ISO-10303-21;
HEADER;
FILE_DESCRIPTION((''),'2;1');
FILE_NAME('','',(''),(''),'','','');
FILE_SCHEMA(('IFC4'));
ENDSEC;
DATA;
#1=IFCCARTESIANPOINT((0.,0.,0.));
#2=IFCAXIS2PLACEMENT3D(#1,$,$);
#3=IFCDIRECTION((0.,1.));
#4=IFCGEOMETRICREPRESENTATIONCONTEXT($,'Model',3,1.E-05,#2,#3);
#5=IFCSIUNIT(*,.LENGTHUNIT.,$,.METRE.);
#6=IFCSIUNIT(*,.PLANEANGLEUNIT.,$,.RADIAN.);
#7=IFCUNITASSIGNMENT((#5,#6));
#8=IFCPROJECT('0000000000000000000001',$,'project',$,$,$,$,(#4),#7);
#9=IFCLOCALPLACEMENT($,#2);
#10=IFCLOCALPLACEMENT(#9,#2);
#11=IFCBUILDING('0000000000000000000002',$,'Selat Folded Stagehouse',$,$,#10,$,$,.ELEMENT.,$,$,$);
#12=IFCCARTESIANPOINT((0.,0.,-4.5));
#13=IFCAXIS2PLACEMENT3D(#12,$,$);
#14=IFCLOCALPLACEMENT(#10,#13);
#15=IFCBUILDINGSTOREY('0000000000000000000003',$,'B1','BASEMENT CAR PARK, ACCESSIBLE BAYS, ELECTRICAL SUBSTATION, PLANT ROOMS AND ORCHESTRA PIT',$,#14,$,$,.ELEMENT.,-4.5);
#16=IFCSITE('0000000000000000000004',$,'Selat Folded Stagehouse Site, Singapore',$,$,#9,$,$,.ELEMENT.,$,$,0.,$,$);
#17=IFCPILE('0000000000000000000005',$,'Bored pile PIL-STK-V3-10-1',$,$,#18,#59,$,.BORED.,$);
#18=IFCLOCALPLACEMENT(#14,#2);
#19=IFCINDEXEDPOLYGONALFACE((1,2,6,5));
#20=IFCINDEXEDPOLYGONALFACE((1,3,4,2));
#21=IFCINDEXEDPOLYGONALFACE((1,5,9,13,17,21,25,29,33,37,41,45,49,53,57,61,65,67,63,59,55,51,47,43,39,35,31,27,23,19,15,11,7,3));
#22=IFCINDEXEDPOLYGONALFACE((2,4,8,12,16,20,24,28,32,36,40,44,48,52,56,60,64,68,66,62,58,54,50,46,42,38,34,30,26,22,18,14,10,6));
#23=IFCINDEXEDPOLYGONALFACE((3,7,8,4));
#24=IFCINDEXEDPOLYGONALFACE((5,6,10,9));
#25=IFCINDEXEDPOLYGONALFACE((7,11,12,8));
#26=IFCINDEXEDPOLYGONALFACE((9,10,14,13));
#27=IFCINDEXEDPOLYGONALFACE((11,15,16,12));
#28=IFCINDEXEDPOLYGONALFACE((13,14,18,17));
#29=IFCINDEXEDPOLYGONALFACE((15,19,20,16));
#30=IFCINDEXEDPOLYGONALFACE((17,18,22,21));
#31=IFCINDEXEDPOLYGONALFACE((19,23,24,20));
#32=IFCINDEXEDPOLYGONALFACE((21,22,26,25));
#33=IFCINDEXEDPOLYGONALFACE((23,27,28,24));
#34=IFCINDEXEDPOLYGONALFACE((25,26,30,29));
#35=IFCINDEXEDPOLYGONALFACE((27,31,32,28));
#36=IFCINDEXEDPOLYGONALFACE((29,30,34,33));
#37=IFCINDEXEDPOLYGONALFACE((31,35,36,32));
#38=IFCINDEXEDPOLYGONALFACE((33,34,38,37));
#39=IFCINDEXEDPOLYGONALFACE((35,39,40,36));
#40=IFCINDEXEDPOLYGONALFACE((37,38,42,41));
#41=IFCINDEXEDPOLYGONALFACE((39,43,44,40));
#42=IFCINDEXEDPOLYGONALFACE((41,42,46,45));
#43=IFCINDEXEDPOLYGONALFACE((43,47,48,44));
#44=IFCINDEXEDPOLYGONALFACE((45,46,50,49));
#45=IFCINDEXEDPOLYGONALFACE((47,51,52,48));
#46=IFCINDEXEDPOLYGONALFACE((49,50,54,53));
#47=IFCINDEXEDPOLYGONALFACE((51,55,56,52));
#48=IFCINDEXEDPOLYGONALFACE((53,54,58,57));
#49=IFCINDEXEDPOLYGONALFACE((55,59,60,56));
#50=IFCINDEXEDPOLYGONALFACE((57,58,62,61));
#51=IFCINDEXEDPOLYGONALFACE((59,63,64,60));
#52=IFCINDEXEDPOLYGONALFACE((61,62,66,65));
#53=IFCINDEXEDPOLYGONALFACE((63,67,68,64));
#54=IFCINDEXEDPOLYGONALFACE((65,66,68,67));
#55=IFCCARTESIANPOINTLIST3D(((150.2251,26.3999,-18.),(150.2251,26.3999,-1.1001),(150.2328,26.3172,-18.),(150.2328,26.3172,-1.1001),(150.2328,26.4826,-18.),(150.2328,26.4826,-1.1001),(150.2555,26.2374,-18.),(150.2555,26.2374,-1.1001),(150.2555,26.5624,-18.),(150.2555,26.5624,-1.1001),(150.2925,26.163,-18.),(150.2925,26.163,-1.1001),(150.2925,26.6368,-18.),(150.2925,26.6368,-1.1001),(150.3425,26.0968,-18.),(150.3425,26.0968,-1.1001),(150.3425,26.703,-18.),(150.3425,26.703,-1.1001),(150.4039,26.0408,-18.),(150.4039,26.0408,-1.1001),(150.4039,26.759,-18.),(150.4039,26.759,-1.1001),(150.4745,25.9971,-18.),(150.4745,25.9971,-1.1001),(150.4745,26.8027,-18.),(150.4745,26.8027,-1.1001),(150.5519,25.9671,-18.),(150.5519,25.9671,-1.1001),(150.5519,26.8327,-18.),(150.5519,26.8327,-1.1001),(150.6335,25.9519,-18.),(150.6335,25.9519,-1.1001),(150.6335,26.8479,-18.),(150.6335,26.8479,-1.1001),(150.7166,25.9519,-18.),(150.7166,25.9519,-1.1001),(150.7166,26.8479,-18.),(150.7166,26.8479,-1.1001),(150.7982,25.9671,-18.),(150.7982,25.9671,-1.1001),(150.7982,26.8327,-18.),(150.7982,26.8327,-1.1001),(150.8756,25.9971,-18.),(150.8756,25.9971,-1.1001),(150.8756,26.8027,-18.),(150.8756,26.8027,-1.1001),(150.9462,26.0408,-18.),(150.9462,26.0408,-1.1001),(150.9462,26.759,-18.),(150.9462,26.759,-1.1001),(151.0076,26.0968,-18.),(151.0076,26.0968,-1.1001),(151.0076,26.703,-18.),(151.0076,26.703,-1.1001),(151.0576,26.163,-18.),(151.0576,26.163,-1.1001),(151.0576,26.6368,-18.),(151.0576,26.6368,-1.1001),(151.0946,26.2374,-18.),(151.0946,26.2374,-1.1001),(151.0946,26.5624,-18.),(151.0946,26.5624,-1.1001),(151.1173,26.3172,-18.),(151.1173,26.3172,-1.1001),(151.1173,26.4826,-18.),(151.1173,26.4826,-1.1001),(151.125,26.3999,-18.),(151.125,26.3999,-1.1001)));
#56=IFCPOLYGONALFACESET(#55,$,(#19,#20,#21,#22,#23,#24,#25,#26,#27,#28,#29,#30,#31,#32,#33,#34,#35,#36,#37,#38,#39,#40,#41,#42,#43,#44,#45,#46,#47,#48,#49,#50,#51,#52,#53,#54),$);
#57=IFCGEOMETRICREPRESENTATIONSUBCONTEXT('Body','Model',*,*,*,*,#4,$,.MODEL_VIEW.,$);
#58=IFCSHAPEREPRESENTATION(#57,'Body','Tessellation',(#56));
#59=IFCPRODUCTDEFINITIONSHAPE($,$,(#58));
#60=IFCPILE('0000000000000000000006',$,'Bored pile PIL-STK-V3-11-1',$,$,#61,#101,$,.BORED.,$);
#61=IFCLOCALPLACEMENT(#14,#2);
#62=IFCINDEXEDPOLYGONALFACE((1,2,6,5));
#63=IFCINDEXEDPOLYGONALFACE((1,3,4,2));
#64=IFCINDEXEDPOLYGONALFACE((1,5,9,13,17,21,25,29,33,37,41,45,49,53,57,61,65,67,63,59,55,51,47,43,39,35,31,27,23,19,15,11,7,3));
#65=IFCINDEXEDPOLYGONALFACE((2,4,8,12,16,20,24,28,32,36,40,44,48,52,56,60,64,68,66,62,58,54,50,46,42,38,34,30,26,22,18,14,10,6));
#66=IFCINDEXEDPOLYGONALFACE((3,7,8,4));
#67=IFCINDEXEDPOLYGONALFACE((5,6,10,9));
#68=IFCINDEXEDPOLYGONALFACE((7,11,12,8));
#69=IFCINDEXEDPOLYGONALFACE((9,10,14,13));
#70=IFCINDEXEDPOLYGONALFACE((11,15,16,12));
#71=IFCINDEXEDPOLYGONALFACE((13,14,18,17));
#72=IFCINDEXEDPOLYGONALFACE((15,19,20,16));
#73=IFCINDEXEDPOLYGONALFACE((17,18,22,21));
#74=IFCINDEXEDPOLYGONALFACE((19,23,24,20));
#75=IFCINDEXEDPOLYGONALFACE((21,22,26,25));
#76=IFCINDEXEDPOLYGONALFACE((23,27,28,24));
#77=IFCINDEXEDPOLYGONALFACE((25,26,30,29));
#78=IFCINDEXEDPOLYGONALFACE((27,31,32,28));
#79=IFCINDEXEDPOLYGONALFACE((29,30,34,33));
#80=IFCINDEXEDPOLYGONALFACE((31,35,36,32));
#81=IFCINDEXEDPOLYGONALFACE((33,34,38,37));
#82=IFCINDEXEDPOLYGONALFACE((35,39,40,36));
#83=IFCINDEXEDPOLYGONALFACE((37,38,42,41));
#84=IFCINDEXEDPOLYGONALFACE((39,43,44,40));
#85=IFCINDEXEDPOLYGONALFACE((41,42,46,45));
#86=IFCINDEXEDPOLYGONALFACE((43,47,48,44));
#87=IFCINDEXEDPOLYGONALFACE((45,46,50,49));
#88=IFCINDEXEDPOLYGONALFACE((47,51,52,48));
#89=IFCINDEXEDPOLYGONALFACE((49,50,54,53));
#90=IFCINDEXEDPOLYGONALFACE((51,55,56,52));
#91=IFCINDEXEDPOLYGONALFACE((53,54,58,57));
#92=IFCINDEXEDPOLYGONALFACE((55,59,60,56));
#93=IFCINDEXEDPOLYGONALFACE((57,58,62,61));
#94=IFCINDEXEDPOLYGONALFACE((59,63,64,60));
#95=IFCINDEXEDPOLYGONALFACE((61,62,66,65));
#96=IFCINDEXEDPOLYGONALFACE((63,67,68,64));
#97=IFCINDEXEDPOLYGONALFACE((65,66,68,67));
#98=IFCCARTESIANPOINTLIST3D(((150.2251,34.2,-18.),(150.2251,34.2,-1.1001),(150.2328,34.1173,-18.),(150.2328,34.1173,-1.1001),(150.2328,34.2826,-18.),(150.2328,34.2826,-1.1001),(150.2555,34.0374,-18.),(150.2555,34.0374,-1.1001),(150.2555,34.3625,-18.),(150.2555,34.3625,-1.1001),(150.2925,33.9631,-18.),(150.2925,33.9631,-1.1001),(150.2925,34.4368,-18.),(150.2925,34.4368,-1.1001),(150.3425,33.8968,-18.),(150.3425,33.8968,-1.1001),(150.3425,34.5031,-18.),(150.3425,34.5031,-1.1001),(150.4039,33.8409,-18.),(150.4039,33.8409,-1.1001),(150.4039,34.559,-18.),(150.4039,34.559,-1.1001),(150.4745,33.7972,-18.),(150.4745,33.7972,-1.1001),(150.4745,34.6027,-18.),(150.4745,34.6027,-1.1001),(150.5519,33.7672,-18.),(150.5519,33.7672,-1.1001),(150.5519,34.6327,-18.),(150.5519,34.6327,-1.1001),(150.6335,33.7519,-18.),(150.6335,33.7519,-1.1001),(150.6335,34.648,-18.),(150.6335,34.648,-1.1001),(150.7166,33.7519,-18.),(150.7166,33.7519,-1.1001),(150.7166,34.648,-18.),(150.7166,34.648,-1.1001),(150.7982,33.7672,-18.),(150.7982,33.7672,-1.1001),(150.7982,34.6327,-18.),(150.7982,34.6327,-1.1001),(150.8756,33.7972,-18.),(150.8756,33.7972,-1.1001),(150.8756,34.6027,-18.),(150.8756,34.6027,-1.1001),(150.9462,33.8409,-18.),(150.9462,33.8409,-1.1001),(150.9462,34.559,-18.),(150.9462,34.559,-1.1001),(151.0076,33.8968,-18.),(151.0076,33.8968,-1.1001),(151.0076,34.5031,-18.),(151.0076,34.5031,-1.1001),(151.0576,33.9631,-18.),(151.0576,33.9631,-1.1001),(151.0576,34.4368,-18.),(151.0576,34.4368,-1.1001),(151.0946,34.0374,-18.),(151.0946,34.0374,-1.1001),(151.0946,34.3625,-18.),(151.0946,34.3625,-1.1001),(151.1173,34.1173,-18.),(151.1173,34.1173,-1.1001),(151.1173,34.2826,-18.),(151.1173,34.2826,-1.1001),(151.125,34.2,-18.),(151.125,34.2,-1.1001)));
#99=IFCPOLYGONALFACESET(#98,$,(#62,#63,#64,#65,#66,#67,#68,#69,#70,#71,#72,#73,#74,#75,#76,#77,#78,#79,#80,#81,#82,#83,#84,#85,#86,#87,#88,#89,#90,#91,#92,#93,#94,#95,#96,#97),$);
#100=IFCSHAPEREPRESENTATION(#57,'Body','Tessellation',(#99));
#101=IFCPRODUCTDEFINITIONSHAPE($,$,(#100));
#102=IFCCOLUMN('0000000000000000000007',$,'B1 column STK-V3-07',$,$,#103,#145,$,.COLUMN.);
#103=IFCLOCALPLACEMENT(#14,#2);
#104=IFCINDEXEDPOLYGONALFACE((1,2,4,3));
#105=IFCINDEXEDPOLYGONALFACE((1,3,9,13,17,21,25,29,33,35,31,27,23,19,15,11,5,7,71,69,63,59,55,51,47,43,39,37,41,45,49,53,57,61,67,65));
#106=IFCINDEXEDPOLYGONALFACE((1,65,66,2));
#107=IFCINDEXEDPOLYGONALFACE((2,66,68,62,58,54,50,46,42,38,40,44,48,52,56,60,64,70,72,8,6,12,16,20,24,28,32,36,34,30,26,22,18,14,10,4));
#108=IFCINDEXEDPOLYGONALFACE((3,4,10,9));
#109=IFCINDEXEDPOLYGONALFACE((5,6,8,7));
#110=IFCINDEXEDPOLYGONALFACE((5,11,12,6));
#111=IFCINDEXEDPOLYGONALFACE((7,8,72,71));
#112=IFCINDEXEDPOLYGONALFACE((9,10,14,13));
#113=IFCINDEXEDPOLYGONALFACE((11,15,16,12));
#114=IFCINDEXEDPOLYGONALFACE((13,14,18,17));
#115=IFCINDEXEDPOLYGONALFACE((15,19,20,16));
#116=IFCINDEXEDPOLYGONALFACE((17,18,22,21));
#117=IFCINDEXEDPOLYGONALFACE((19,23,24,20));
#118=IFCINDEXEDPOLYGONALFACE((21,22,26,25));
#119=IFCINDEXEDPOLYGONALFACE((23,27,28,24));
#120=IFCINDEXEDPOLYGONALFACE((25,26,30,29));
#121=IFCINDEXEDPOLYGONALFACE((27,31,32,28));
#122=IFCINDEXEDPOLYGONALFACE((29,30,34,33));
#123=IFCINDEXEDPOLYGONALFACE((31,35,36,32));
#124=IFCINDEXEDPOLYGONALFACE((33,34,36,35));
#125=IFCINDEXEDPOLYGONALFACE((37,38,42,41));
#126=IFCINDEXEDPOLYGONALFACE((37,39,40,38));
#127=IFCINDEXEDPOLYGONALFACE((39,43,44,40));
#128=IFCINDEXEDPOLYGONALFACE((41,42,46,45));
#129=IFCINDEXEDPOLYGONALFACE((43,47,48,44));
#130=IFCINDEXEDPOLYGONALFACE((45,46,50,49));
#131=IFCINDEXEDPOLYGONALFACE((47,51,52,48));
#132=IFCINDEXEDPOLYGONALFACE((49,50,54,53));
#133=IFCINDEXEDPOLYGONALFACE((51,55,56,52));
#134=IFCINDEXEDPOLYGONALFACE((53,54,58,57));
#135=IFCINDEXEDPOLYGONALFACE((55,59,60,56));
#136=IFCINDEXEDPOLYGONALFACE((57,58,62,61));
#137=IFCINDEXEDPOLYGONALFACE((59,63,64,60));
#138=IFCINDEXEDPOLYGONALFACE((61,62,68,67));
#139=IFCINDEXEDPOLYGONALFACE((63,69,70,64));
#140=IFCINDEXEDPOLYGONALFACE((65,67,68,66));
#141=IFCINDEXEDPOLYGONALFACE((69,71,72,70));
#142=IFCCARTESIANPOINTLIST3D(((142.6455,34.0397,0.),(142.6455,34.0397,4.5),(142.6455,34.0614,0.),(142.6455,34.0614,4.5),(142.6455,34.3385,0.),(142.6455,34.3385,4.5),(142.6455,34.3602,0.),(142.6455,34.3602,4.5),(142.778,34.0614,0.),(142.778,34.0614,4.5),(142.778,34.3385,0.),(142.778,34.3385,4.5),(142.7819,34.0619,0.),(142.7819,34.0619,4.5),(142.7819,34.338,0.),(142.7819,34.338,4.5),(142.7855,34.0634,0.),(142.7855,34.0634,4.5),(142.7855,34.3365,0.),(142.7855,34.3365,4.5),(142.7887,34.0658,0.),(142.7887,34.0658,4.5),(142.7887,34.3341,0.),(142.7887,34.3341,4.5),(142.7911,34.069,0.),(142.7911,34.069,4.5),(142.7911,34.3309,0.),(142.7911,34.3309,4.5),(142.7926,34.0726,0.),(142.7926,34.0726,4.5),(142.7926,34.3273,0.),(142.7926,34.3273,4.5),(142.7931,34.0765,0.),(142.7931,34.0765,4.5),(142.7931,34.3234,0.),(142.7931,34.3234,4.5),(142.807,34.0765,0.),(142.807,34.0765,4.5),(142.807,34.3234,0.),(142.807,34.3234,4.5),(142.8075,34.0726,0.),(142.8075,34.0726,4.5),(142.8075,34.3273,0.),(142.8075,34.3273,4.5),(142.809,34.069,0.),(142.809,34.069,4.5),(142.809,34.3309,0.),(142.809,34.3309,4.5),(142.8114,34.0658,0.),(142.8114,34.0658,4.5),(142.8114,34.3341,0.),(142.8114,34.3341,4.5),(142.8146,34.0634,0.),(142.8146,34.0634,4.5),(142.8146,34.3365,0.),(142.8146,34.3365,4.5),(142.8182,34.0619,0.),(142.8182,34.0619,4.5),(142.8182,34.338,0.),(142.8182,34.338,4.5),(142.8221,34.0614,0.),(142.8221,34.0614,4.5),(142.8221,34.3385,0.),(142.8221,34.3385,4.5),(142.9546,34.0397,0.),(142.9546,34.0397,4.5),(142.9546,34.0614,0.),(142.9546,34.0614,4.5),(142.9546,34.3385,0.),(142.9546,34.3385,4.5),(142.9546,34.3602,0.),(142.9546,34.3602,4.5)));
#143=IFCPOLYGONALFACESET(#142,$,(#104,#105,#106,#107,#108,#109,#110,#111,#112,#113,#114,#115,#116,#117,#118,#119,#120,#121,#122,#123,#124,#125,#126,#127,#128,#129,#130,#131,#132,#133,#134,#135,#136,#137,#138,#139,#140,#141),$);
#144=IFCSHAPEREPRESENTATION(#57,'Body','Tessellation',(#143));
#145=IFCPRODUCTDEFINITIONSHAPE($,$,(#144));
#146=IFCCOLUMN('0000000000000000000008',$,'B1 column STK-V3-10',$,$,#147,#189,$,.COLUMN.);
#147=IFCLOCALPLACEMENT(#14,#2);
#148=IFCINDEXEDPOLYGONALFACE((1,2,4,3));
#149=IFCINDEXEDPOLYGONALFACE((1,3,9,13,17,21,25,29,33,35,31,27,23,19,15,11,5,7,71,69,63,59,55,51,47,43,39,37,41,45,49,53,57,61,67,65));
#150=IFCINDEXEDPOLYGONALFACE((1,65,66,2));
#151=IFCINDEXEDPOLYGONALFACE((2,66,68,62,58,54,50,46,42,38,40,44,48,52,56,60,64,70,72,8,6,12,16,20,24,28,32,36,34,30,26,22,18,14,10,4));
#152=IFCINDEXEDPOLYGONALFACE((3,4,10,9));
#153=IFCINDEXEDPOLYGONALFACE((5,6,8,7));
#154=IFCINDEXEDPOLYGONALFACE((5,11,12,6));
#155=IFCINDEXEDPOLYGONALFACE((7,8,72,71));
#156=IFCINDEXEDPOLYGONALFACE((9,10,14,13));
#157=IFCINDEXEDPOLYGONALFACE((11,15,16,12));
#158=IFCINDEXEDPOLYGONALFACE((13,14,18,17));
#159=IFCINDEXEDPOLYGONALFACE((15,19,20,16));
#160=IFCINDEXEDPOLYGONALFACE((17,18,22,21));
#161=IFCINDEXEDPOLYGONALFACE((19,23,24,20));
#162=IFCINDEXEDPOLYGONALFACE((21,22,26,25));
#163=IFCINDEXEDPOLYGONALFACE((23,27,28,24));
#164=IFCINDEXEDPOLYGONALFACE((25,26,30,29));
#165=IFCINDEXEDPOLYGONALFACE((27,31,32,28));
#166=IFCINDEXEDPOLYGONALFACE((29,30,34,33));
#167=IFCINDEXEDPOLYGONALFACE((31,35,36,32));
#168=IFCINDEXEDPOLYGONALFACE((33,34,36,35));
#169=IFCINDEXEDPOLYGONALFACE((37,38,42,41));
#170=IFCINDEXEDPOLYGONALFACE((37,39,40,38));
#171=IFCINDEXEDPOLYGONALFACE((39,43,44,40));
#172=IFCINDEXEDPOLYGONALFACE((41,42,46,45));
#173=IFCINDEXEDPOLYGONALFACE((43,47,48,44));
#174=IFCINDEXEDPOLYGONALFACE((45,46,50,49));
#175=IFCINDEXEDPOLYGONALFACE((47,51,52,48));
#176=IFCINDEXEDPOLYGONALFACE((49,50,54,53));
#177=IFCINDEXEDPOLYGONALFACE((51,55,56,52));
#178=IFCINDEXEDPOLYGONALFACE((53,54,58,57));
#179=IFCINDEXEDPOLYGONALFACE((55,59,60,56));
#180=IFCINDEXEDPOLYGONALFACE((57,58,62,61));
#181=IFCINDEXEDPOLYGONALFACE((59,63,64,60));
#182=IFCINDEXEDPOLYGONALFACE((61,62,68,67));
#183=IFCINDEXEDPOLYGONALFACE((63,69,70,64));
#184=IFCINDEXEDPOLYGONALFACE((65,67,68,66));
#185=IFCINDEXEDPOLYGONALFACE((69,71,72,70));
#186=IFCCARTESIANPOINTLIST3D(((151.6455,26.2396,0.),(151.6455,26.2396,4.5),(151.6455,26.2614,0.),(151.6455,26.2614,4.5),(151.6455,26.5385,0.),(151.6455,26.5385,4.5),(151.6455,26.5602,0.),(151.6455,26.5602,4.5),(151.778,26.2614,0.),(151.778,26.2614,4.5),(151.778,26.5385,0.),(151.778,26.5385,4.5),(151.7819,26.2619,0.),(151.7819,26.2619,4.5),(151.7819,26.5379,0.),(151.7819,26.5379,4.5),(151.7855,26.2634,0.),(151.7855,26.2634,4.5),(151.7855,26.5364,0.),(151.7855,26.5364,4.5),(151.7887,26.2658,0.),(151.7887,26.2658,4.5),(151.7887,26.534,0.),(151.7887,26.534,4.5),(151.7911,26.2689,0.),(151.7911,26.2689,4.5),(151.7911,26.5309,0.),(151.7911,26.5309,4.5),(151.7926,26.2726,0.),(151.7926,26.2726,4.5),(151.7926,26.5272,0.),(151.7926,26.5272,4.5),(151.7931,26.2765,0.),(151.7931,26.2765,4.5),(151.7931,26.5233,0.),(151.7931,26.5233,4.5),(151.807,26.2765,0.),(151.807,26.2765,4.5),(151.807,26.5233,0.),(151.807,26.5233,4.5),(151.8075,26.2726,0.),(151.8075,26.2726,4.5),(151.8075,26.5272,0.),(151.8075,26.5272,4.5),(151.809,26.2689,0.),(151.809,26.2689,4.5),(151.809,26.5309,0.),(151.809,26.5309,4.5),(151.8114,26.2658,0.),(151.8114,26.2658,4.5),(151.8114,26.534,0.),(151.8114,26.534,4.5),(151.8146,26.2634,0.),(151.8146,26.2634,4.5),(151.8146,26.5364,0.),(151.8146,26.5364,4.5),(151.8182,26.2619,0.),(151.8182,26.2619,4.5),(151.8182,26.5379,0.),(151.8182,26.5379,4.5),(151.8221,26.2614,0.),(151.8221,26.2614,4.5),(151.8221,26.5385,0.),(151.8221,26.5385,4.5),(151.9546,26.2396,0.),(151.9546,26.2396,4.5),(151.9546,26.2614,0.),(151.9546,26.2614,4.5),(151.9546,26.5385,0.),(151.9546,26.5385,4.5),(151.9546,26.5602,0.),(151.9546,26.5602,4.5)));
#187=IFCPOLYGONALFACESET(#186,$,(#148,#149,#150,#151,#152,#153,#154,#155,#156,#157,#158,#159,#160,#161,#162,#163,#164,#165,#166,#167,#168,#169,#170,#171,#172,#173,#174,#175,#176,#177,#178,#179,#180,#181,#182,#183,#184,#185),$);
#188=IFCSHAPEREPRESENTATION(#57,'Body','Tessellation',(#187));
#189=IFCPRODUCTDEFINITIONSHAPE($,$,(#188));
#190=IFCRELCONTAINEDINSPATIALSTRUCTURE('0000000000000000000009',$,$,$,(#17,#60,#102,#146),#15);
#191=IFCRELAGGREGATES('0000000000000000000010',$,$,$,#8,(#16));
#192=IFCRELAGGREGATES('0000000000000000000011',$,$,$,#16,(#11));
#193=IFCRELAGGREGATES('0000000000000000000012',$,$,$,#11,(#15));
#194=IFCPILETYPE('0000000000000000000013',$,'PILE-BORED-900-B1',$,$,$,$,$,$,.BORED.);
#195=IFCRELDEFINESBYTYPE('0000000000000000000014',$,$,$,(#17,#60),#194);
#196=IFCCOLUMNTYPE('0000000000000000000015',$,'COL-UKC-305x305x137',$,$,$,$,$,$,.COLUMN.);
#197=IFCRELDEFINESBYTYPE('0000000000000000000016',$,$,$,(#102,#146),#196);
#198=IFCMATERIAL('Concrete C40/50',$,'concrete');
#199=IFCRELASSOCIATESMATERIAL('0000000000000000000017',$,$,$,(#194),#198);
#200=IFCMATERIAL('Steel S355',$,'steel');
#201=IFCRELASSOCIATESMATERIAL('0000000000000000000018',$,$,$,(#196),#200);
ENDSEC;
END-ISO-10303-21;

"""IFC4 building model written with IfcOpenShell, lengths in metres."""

from ifc_helpers import new_model, si_unit, direction, frame, origin, origin_2d, place, context, subcontext, project, spatial, circle, i_section, extrude, material, material_profile, profile_set, type_object, element, save


model = new_model("IFC4")

# Units and contexts
model_context = context("Model", 3, precision=1e-05, world=origin(), true_north=direction((0.0, 1.0)))
body_context = subcontext(model_context, "Body", "Model", "MODEL_VIEW")
ifc_project = project(units=[si_unit("LENGTHUNIT", "METRE"), si_unit("PLANEANGLEUNIT", "RADIAN")], contexts=[model_context])

# Site, building, storey
site_placement = place(None, origin())
site = spatial("IfcSite", under=ifc_project, at=site_placement, Name="Selat Folded Stagehouse Site, Singapore", CompositionType="ELEMENT", RefElevation=0.0)
building_placement = place(site_placement, origin())
building = spatial("IfcBuilding", under=site, at=building_placement, Name="Selat Folded Stagehouse", CompositionType="ELEMENT")
storey_placement = place(building_placement, frame((0.0, 0.0, -4.5)))
storey = spatial("IfcBuildingStorey", under=building, at=storey_placement, Name="B1", Description="BASEMENT CAR PARK, ACCESSIBLE BAYS, ELECTRICAL SUBSTATION, PLANT ROOMS AND ORCHESTRA PIT", CompositionType="ELEMENT", Elevation=-4.5)

# Shared definitions
ifc_material_1 = material(Name="Concrete C40/50", Category="concrete")

# Piles
ifc_material_profile_1 = material_profile(ifc_material_1, circle(Radius=0.45, at=origin_2d()), Name="PILE D900")
ifc_profile_set_1 = profile_set([ifc_material_profile_1], Name="Concrete C40/50")
pile_type = type_object("IfcPileType", Name="PILE-BORED-900-B1", PredefinedType="BORED", material=ifc_profile_set_1)
for number, where, z_axis, x_axis, name in (
    (1, (150.675, 26.3999, -1.1001), (0.0, 0.0, -1.0), (1.0, 0.0, 0.0), "Bored pile PIL-STK-V3-10-1"),
    (2, (150.675, 34.2, -1.1001), (0.0, 0.0, -1.0), (1.0, 0.0, 0.0), "Bored pile PIL-STK-V3-11-1"),
):
    element("IfcPile", number, at=place(storey_placement, frame(where, z_axis=z_axis, x_axis=x_axis)), inside=storey, type_object=pile_type, Name=name, PredefinedType="BORED", context=body_context, shape_type="SweptSolid", body=[
        extrude(circle(Radius=0.45, at=origin_2d()), origin(), (0.0, 0.0, 1.0), 16.8999),
    ])

# Columns
ifc_material_2 = material(Name="Steel S355", Category="steel")
ifc_material_profile_2 = material_profile(ifc_material_2, i_section(OverallWidth=0.3091, OverallDepth=0.3206, WebThickness=0.0139, FlangeThickness=0.0217, FilletRadius=0.0151, at=origin_2d()), Name="UKC 305x305x137")
ifc_profile_set_2 = profile_set([ifc_material_profile_2], Name="Steel S355")
column_type = type_object("IfcColumnType", Name="COL-UKC-305x305x137", PredefinedType="COLUMN", material=ifc_profile_set_2)
for number, where, z_axis, x_axis, name in (
    (3, (142.8, 34.2, 0.0), (0.0, 0.0, 1.0), (1.0, 0.0, 0.0), "B1 column STK-V3-07"),
    (4, (151.8, 26.3999, 0.0), (0.0, 0.0, 1.0), (1.0, 0.0, 0.0), "B1 column STK-V3-10"),
):
    element("IfcColumn", number, at=place(storey_placement, frame(where, z_axis=z_axis, x_axis=x_axis)), inside=storey, type_object=column_type, Name=name, PredefinedType="COLUMN", context=body_context, shape_type="SweptSolid", body=[
        extrude(i_section(OverallWidth=0.3091, OverallDepth=0.3206, WebThickness=0.0139, FlangeThickness=0.0217, FilletRadius=0.0151, at=origin_2d()), origin(), (0.0, 0.0, 1.0), 4.5),
    ])

save(model, "model.ifc")
